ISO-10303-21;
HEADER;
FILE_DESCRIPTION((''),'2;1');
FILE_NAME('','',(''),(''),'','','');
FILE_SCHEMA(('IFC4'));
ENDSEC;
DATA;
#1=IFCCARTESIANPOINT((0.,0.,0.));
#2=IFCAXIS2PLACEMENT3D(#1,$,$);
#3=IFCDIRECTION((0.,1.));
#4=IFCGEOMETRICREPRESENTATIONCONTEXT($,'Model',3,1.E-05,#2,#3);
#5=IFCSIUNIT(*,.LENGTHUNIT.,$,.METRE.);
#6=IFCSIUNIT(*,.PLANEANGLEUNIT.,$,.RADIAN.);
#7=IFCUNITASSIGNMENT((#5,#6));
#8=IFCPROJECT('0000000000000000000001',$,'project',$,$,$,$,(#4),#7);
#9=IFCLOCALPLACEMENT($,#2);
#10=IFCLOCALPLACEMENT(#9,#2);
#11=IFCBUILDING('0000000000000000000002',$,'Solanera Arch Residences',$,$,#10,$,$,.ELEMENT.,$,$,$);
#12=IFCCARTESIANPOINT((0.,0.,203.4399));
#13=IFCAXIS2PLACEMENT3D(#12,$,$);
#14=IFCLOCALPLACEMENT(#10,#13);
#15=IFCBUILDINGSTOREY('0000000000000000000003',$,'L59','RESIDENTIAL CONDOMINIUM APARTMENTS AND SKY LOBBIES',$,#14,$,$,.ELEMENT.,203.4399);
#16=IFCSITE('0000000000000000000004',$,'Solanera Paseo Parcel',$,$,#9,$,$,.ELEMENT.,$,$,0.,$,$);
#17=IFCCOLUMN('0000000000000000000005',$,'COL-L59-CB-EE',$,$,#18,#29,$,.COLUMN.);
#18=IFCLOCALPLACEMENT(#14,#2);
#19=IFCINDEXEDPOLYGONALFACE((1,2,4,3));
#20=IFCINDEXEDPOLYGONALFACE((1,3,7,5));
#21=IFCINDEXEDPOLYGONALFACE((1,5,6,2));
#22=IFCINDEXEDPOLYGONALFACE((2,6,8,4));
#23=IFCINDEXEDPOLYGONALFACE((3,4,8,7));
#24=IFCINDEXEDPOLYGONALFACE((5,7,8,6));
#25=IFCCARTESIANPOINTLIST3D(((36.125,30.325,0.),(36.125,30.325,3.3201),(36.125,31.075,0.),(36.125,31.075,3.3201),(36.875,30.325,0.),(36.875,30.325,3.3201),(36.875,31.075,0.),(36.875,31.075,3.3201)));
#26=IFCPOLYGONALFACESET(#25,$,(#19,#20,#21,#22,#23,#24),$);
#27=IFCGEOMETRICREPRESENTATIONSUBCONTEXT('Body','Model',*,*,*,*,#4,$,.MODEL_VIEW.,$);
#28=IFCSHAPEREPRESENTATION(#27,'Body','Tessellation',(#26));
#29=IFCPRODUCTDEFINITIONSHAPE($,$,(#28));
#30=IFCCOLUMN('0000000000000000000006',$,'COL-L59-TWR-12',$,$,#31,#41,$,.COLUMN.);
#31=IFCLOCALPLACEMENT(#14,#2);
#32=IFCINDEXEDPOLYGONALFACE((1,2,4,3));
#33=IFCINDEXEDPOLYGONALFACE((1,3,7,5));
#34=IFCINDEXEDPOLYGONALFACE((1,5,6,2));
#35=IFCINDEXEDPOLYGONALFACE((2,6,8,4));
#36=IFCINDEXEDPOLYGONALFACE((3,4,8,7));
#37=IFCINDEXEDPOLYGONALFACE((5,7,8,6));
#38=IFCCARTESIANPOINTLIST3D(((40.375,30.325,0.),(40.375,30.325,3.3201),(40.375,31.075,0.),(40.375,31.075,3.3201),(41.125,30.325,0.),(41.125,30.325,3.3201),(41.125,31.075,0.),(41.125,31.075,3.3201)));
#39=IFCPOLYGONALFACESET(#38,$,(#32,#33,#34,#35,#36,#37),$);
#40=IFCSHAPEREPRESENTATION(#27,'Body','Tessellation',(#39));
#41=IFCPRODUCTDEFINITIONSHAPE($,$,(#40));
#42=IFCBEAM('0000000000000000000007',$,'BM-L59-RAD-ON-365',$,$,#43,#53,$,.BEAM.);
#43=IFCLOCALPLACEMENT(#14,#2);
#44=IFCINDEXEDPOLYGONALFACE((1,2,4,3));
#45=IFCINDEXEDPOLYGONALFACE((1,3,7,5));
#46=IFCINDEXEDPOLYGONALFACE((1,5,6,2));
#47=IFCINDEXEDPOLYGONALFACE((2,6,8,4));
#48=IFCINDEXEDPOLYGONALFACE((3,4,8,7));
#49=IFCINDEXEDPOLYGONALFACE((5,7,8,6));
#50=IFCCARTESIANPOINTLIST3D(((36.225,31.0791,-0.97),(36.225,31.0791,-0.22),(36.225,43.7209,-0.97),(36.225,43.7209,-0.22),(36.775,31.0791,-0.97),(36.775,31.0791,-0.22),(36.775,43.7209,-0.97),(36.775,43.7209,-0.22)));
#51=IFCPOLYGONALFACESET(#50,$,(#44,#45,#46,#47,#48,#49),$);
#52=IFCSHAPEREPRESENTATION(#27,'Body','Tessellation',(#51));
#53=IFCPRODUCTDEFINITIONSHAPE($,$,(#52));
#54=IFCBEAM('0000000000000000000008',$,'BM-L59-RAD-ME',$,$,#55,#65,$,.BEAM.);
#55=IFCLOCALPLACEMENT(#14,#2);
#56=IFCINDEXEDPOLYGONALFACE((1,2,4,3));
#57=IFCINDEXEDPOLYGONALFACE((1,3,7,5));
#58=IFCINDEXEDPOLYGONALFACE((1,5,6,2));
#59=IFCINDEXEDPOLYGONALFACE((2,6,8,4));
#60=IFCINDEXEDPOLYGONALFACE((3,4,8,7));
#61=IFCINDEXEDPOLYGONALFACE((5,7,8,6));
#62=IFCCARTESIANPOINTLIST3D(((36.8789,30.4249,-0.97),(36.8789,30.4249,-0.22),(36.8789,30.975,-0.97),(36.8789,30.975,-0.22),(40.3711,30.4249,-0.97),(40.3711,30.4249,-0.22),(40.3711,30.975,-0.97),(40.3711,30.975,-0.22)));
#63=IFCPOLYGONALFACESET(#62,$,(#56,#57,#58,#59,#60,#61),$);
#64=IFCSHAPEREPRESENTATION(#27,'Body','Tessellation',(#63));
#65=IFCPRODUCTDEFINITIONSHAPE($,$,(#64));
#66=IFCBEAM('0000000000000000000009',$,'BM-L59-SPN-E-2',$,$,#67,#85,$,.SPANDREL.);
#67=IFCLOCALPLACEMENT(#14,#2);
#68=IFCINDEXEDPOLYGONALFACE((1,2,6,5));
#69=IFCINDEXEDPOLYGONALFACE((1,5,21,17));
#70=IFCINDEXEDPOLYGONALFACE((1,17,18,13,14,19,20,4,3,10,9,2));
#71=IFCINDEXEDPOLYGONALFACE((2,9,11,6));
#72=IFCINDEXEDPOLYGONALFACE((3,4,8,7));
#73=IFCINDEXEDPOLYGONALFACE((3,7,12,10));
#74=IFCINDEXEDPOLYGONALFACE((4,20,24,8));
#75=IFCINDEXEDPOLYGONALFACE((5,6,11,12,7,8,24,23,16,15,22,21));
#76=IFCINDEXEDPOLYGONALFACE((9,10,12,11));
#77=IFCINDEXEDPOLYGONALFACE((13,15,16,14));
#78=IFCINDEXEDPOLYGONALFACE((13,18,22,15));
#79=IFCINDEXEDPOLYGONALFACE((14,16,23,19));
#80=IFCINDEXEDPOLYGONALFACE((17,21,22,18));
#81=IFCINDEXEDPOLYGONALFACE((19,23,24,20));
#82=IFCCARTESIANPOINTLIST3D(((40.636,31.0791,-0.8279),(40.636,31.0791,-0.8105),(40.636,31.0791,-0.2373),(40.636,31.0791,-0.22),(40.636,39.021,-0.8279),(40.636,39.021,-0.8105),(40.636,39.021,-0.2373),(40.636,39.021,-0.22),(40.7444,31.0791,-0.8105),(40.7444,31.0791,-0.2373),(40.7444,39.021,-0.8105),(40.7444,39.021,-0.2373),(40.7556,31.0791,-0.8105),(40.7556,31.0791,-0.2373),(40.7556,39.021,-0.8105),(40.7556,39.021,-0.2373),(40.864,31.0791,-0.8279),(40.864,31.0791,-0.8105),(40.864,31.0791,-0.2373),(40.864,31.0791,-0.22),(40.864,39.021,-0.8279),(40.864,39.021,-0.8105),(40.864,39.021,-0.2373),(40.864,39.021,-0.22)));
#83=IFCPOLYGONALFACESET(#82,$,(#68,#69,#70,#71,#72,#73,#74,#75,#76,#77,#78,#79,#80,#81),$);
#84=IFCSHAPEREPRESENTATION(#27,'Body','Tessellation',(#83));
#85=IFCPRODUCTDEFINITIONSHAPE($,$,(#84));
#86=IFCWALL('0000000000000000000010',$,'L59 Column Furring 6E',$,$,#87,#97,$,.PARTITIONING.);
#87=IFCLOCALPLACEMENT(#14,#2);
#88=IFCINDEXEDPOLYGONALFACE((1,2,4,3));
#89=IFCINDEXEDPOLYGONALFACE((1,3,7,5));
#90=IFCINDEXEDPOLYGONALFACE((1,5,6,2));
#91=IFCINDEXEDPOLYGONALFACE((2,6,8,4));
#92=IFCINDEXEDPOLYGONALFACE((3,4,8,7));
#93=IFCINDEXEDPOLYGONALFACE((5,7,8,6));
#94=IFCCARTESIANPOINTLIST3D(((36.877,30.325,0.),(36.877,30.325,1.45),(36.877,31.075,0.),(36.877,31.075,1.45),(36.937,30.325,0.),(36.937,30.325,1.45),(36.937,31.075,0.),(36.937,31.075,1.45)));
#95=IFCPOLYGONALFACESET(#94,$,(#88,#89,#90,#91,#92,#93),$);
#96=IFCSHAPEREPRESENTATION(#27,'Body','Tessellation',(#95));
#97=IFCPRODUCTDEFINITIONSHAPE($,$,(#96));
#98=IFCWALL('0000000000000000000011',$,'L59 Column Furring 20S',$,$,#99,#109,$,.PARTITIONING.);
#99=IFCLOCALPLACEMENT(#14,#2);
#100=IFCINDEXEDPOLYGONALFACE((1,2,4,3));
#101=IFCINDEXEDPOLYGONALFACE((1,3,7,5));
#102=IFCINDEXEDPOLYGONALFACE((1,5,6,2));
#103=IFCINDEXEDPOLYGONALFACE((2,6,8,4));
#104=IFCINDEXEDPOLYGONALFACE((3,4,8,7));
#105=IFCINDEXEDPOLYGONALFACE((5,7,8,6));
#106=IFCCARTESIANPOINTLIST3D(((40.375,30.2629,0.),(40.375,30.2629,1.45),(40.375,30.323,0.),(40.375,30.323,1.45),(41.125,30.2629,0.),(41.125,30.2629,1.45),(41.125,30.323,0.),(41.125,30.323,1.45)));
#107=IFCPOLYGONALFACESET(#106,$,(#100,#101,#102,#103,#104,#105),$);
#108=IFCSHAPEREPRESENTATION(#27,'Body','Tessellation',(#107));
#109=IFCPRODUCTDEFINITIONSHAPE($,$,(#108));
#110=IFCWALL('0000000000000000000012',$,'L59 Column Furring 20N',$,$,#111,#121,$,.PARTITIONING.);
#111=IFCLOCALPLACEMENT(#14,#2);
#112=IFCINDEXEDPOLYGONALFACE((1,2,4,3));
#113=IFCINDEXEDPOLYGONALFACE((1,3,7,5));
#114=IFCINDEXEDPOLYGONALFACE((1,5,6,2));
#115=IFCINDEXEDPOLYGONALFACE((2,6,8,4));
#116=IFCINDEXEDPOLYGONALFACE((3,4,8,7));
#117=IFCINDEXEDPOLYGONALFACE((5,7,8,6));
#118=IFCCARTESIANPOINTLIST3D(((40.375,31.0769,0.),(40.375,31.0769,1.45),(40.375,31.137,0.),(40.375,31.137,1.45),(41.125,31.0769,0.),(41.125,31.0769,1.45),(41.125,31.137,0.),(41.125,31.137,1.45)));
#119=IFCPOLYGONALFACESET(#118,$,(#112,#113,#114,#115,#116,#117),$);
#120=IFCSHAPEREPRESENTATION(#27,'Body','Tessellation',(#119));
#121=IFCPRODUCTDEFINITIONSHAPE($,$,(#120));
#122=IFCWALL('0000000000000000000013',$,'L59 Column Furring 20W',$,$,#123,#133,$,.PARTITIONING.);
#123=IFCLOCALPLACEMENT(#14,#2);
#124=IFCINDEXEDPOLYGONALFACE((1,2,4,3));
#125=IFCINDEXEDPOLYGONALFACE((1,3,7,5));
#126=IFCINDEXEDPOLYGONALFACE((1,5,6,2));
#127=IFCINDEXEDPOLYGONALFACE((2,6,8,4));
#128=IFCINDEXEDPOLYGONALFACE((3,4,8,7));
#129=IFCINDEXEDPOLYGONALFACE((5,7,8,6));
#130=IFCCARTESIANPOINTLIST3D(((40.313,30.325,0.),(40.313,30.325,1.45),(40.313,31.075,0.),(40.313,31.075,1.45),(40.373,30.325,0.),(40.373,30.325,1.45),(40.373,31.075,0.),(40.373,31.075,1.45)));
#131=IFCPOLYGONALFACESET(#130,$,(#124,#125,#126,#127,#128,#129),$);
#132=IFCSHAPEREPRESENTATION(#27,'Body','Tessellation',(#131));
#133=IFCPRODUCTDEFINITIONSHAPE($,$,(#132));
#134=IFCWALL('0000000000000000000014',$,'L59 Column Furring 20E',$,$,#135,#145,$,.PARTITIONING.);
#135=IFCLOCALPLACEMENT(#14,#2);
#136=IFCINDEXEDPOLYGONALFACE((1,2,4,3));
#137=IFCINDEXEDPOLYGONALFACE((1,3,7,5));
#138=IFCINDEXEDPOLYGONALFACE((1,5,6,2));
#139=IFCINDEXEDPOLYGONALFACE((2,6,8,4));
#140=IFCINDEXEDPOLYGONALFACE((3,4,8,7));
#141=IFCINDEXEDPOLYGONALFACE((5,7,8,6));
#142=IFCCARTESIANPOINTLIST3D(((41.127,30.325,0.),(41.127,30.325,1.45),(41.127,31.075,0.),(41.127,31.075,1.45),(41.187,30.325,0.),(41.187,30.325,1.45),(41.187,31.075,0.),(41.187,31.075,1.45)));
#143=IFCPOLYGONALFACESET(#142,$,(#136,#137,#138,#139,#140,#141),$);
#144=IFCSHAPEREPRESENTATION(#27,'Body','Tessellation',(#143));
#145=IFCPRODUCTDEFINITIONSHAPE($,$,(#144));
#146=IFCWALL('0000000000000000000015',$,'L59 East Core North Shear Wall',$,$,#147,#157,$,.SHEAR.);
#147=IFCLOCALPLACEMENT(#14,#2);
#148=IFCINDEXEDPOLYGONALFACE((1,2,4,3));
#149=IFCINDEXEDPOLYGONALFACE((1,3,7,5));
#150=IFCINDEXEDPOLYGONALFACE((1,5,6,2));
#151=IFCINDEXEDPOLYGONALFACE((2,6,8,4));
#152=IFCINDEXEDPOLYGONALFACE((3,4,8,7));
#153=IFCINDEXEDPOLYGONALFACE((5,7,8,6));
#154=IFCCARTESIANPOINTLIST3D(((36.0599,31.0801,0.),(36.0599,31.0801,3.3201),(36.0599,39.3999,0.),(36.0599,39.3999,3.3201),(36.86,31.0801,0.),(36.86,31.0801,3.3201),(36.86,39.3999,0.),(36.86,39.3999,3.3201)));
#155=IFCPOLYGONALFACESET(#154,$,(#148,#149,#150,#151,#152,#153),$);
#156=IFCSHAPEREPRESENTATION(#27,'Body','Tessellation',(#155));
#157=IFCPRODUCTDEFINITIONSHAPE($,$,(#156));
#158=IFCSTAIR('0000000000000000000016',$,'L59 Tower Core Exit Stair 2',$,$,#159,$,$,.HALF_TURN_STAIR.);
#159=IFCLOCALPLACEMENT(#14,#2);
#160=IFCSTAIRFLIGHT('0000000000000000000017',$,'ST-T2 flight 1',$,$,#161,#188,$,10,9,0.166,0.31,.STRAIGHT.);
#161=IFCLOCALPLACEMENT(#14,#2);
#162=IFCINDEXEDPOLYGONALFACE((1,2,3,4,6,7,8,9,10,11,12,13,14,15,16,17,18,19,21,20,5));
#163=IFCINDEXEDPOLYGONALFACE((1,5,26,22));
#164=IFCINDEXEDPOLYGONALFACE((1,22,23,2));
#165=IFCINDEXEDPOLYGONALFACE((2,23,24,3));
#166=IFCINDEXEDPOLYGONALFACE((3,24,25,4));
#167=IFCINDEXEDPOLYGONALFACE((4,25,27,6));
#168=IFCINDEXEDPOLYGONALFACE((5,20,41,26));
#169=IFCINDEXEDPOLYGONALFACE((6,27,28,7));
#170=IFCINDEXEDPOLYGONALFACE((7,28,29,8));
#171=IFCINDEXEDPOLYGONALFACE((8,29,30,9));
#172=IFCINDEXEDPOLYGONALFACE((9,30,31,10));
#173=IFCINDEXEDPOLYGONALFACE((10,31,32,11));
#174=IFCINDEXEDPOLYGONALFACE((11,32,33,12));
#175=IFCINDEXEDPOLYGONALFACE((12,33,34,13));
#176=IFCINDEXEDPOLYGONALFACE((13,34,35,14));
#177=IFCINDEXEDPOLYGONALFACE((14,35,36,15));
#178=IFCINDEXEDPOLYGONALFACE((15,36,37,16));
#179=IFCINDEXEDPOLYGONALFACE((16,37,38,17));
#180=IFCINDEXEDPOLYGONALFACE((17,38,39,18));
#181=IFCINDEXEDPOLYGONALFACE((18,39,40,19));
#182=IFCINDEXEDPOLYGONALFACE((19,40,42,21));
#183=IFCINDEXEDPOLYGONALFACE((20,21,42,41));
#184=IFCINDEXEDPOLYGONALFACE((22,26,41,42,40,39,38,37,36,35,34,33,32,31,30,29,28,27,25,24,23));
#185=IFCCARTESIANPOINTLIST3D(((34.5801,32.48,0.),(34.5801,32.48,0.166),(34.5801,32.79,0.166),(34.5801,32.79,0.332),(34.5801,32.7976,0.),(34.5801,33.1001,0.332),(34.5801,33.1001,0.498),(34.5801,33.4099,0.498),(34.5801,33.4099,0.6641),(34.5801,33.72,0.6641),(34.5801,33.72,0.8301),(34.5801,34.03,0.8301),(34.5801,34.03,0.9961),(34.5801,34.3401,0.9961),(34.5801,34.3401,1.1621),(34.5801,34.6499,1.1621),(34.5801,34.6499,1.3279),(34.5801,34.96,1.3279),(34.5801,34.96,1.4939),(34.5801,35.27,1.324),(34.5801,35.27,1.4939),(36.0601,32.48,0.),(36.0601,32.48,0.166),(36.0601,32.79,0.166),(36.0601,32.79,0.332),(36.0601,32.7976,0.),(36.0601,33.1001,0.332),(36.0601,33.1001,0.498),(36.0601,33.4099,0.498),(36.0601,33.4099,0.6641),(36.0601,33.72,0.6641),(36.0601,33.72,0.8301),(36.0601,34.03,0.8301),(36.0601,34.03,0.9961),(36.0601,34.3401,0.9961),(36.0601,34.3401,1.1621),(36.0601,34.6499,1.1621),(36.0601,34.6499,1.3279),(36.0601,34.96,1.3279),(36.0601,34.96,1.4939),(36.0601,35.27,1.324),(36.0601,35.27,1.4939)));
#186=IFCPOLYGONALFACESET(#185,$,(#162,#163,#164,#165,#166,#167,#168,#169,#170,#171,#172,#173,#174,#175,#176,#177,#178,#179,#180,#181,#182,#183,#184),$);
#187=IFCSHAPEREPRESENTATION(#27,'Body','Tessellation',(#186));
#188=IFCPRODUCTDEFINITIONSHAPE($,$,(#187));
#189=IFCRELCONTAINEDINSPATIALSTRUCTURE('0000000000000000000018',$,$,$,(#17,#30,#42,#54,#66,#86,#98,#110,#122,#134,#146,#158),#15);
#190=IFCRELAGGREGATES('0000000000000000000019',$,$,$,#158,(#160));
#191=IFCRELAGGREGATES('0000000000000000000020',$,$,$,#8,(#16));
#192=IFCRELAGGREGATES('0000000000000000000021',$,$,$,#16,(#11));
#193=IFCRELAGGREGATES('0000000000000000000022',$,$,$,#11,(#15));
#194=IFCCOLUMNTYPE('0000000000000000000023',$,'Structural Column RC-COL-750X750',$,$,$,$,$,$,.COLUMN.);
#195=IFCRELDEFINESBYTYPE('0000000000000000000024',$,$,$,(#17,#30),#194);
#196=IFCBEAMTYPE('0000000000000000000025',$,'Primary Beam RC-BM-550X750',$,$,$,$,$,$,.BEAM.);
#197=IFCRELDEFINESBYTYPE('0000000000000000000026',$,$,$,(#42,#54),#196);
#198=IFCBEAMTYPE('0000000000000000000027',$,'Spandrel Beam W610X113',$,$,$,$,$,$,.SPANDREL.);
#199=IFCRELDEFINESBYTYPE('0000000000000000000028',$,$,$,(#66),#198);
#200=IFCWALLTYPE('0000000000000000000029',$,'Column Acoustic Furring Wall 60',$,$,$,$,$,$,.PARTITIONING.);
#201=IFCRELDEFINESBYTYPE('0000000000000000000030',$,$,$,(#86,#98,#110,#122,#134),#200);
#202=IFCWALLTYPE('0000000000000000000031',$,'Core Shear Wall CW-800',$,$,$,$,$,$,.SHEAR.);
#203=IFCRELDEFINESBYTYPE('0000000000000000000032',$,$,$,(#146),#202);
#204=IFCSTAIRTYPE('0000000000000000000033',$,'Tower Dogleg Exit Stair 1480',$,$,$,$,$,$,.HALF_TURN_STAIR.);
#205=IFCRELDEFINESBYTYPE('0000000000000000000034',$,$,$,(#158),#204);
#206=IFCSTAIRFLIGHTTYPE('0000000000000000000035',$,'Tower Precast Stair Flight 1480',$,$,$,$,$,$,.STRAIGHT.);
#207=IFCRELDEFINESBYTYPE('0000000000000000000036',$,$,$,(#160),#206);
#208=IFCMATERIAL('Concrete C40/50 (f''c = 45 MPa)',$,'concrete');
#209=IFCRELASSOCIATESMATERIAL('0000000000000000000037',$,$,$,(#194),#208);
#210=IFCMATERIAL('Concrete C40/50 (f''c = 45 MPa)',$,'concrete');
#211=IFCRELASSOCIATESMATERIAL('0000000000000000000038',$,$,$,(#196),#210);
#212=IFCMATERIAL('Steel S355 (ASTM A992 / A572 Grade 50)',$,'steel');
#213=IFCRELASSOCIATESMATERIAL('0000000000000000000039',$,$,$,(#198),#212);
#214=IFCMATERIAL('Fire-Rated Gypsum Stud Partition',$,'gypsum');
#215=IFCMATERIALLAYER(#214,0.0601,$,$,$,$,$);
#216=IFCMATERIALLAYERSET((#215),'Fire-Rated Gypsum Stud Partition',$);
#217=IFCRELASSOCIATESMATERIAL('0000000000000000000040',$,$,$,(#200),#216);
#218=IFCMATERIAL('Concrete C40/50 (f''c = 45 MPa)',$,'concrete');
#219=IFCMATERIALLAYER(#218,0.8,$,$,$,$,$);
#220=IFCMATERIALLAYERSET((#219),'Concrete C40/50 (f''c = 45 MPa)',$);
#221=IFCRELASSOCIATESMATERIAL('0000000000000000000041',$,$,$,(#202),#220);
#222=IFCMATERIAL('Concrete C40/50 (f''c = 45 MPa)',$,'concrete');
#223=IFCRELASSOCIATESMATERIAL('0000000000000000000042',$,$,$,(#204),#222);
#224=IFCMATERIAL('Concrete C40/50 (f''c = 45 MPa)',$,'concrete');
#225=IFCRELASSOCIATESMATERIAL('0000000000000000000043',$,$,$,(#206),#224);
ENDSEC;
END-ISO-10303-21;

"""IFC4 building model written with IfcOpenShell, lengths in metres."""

from ifc_helpers import new_model, si_unit, direction, frame, frame_2d, origin, origin_2d, place, context, subcontext, project, spatial, polyline, rectangle, i_section, outline, extrude, material, layer, layer_set, material_profile, profile_set, type_object, element, aggregate, save


model = new_model("IFC4")

# Units and contexts
model_context = context("Model", 3, precision=1e-05, world=origin(), true_north=direction((0.0, 1.0)))
body_context = subcontext(model_context, "Body", "Model", "MODEL_VIEW")
ifc_project = project(units=[si_unit("LENGTHUNIT", "METRE"), si_unit("PLANEANGLEUNIT", "RADIAN")], contexts=[model_context])

# Site, building, storey
site_placement = place(None, origin())
site = spatial("IfcSite", under=ifc_project, at=site_placement, Name="Solanera Paseo Parcel", CompositionType="ELEMENT", RefElevation=0.0)
building_placement = place(site_placement, origin())
building = spatial("IfcBuilding", under=site, at=building_placement, Name="Solanera Arch Residences", CompositionType="ELEMENT")
storey_placement = place(building_placement, frame((0.0, 0.0, 203.4399)))
storey = spatial("IfcBuildingStorey", under=building, at=storey_placement, Name="L59", Description="RESIDENTIAL CONDOMINIUM APARTMENTS AND SKY LOBBIES", CompositionType="ELEMENT", Elevation=203.4399)

# Columns
ifc_material_1 = material(Name="Concrete C40/50 (f'c = 45 MPa)", Category="concrete")
ifc_material_profile_1 = material_profile(ifc_material_1, rectangle(XDim=0.75, YDim=0.75, at=origin_2d()))
ifc_profile_set_1 = profile_set([ifc_material_profile_1], Name="Concrete C40/50 (f'c = 45 MPa)")
column_type = type_object("IfcColumnType", Name="Structural Column RC-COL-750X750", PredefinedType="COLUMN", material=ifc_profile_set_1)
for number, where, z_axis, x_axis, name in (
    (1, (36.5, 30.7, 0.0), (0.0, 0.0, 1.0), (1.0, 0.0, 0.0), "COL-L59-CB-EE"),
    (2, (40.75, 30.7, 0.0), (0.0, 0.0, 1.0), (1.0, 0.0, 0.0), "COL-L59-TWR-12"),
):
    element("IfcColumn", number, at=place(storey_placement, frame(where, z_axis=z_axis, x_axis=x_axis)), inside=storey, type_object=column_type, Name=name, PredefinedType="COLUMN", context=body_context, shape_type="SweptSolid", body=[
        extrude(rectangle(XDim=0.75, YDim=0.75, at=origin_2d()), origin(), (0.0, 0.0, 1.0), 3.3201),
    ])

# Beams
ifc_material_2 = material(Name="Concrete C40/50 (f'c = 45 MPa)", Category="concrete")
ifc_material_profile_2 = material_profile(ifc_material_2, rectangle(XDim=0.55, YDim=0.75, at=origin_2d()))
ifc_profile_set_2 = profile_set([ifc_material_profile_2], Name="Concrete C40/50 (f'c = 45 MPa)")
beam_type_1 = type_object("IfcBeamType", Name="Primary Beam RC-BM-550X750", PredefinedType="BEAM", material=ifc_profile_set_2)
beam_1_placement = place(storey_placement, frame((36.5, 31.0791, -0.595), z_axis=(0.0, 1.0, 0.0), x_axis=(-1.0, 0.0, 0.0)))
element("IfcBeam", 3, at=beam_1_placement, inside=storey, type_object=beam_type_1, Name="BM-L59-RAD-ON-365", PredefinedType="BEAM", context=body_context, shape_type="SweptSolid", body=[
    extrude(rectangle(XDim=0.55, YDim=0.75, at=origin_2d()), origin(), (0.0, 0.0, 1.0), 12.6418),
])
beam_2_placement = place(storey_placement, frame((36.8789, 30.7, -0.595), z_axis=(1.0, 0.0, 0.0), x_axis=(0.0, 1.0, 0.0)))
element("IfcBeam", 4, at=beam_2_placement, inside=storey, type_object=beam_type_1, Name="BM-L59-RAD-ME", PredefinedType="BEAM", context=body_context, shape_type="SweptSolid", body=[
    extrude(rectangle(XDim=0.55, YDim=0.75, at=origin_2d()), origin(), (0.0, 0.0, 1.0), 3.4922),
])
ifc_material_3 = material(Name="Steel S355 (ASTM A992 / A572 Grade 50)", Category="steel")
ifc_material_profile_3 = material_profile(ifc_material_3, i_section(OverallWidth=0.228, OverallDepth=0.6079, WebThickness=0.0112, FlangeThickness=0.0173, at=origin_2d()))
ifc_profile_set_3 = profile_set([ifc_material_profile_3], Name="Steel S355 (ASTM A992 / A572 Grade 50)")
beam_type_2 = type_object("IfcBeamType", Name="Spandrel Beam W610X113", PredefinedType="SPANDREL", material=ifc_profile_set_3)
beam_3_placement = place(storey_placement, frame((40.75, 31.0791, -0.5239), z_axis=(0.0, 1.0, 0.0), x_axis=(-1.0, 0.0, 0.0)))
element("IfcBeam", 5, at=beam_3_placement, inside=storey, type_object=beam_type_2, Name="BM-L59-SPN-E-2", PredefinedType="SPANDREL", context=body_context, shape_type="SweptSolid", body=[
    extrude(i_section(OverallWidth=0.228, OverallDepth=0.6079, WebThickness=0.0112, FlangeThickness=0.0173, at=origin_2d()), origin(), (0.0, 0.0, 1.0), 7.9419),
])

# Walls
ifc_material_4 = material(Name="Fire-Rated Gypsum Stud Partition", Category="gypsum")
ifc_layer_1 = layer(ifc_material_4, 0.0601)
ifc_layer_set_1 = layer_set([ifc_layer_1], Name="Fire-Rated Gypsum Stud Partition")
wall_type_1 = type_object("IfcWallType", Name="Column Acoustic Furring Wall 60", PredefinedType="PARTITIONING", material=ifc_layer_set_1)
for number, where, z_axis, x_axis, name in (
    (6, (36.907, 30.325, 0.0), (0.0, 0.0, 1.0), (0.0, 1.0, 0.0), "L59 Column Furring 6E"),
    (7, (40.375, 30.293, 0.0), (0.0, 0.0, 1.0), (1.0, 0.0, 0.0), "L59 Column Furring 20S"),
    (8, (40.375, 31.1069, 0.0), (0.0, 0.0, 1.0), (1.0, 0.0, 0.0), "L59 Column Furring 20N"),
    (9, (40.343, 30.325, 0.0), (0.0, 0.0, 1.0), (0.0, 1.0, 0.0), "L59 Column Furring 20W"),
    (10, (41.157, 30.325, 0.0), (0.0, 0.0, 1.0), (0.0, 1.0, 0.0), "L59 Column Furring 20E"),
):
    element("IfcWall", number, at=place(storey_placement, frame(where, z_axis=z_axis, x_axis=x_axis)), inside=storey, type_object=wall_type_1, Name=name, PredefinedType="PARTITIONING", context=body_context, shape_type="SweptSolid", body=[
        extrude(rectangle(XDim=0.75, YDim=0.0601, at=frame_2d((0.375, 0.0))), origin(), (0.0, 0.0, 1.0), 1.45),
    ])
ifc_material_5 = material(Name="Concrete C40/50 (f'c = 45 MPa)", Category="concrete")
ifc_layer_2 = layer(ifc_material_5, 0.8)
ifc_layer_set_2 = layer_set([ifc_layer_2], Name="Concrete C40/50 (f'c = 45 MPa)")
wall_type_2 = type_object("IfcWallType", Name="Core Shear Wall CW-800", PredefinedType="SHEAR", material=ifc_layer_set_2)
wall_placement = place(storey_placement, frame((36.46, 31.0801, 0.0), z_axis=(0.0, 0.0, 1.0), x_axis=(0.0, 1.0, 0.0)))
element("IfcWall", 11, at=wall_placement, inside=storey, type_object=wall_type_2, Name="L59 East Core North Shear Wall", PredefinedType="SHEAR", context=body_context, shape_type="SweptSolid", body=[
    extrude(rectangle(XDim=8.3198, YDim=0.8, at=frame_2d((4.1599, 0.0))), origin(), (0.0, 0.0, 1.0), 3.3201),
])

# Stair, stair flight
ifc_material_6 = material(Name="Concrete C40/50 (f'c = 45 MPa)", Category="concrete")
stair_type = type_object("IfcStairType", Name="Tower Dogleg Exit Stair 1480", PredefinedType="HALF_TURN_STAIR", material=ifc_material_6)
stair_placement = place(storey_placement, origin())
stair = element("IfcStair", 12, at=stair_placement, inside=storey, type_object=stair_type, Name="L59 Tower Core Exit Stair 2", PredefinedType="HALF_TURN_STAIR")
ifc_material_7 = material(Name="Concrete C40/50 (f'c = 45 MPa)", Category="concrete")
stair_flight_type = type_object("IfcStairFlightType", Name="Tower Precast Stair Flight 1480", PredefinedType="STRAIGHT", material=ifc_material_7)
stair_flight_1_placement = place(storey_placement, frame((35.3201, 32.48, 0.0), z_axis=(0.0, 0.0, 1.0), x_axis=(0.0, 1.0, 0.0)))
stair_flight_1 = element("IfcStairFlight", 13, at=stair_flight_1_placement, type_object=stair_flight_type, Name="ST-T2 flight 1", NumberOfRisers=10, NumberOfTreads=9, PredefinedType="STRAIGHT", RiserHeight=0.166, TreadLength=0.31, context=body_context, shape_type="SweptSolid", body=[
    extrude(outline(polyline([(0.0, 0.0), (0.0, 0.166), (0.3101, 0.166), (0.3101, 0.332), (0.6201, 0.332), (0.6201, 0.498), (0.9299, 0.498), (0.9299, 0.6641), (1.24, 0.6641), (1.24, 0.8301), (1.55, 0.8301), (1.55, 0.9961), (1.8601, 0.9961), (1.8601, 1.1621), (2.1699, 1.1621), (2.1699, 1.3279), (2.48, 1.3279), (2.48, 1.4939), (2.79, 1.4939), (2.79, 1.6599), (2.79, 1.324), (0.3176, 0.0), (0.0, 0.0)])), frame((0.0, 0.74, 0.0), z_axis=(0.0, -1.0, 0.0), x_axis=(1.0, 0.0, 0.0)), (0.0, 0.0, 1.0), 1.48),
])
aggregate(stair, [stair_flight_1])

save(model, "model.ifc")
